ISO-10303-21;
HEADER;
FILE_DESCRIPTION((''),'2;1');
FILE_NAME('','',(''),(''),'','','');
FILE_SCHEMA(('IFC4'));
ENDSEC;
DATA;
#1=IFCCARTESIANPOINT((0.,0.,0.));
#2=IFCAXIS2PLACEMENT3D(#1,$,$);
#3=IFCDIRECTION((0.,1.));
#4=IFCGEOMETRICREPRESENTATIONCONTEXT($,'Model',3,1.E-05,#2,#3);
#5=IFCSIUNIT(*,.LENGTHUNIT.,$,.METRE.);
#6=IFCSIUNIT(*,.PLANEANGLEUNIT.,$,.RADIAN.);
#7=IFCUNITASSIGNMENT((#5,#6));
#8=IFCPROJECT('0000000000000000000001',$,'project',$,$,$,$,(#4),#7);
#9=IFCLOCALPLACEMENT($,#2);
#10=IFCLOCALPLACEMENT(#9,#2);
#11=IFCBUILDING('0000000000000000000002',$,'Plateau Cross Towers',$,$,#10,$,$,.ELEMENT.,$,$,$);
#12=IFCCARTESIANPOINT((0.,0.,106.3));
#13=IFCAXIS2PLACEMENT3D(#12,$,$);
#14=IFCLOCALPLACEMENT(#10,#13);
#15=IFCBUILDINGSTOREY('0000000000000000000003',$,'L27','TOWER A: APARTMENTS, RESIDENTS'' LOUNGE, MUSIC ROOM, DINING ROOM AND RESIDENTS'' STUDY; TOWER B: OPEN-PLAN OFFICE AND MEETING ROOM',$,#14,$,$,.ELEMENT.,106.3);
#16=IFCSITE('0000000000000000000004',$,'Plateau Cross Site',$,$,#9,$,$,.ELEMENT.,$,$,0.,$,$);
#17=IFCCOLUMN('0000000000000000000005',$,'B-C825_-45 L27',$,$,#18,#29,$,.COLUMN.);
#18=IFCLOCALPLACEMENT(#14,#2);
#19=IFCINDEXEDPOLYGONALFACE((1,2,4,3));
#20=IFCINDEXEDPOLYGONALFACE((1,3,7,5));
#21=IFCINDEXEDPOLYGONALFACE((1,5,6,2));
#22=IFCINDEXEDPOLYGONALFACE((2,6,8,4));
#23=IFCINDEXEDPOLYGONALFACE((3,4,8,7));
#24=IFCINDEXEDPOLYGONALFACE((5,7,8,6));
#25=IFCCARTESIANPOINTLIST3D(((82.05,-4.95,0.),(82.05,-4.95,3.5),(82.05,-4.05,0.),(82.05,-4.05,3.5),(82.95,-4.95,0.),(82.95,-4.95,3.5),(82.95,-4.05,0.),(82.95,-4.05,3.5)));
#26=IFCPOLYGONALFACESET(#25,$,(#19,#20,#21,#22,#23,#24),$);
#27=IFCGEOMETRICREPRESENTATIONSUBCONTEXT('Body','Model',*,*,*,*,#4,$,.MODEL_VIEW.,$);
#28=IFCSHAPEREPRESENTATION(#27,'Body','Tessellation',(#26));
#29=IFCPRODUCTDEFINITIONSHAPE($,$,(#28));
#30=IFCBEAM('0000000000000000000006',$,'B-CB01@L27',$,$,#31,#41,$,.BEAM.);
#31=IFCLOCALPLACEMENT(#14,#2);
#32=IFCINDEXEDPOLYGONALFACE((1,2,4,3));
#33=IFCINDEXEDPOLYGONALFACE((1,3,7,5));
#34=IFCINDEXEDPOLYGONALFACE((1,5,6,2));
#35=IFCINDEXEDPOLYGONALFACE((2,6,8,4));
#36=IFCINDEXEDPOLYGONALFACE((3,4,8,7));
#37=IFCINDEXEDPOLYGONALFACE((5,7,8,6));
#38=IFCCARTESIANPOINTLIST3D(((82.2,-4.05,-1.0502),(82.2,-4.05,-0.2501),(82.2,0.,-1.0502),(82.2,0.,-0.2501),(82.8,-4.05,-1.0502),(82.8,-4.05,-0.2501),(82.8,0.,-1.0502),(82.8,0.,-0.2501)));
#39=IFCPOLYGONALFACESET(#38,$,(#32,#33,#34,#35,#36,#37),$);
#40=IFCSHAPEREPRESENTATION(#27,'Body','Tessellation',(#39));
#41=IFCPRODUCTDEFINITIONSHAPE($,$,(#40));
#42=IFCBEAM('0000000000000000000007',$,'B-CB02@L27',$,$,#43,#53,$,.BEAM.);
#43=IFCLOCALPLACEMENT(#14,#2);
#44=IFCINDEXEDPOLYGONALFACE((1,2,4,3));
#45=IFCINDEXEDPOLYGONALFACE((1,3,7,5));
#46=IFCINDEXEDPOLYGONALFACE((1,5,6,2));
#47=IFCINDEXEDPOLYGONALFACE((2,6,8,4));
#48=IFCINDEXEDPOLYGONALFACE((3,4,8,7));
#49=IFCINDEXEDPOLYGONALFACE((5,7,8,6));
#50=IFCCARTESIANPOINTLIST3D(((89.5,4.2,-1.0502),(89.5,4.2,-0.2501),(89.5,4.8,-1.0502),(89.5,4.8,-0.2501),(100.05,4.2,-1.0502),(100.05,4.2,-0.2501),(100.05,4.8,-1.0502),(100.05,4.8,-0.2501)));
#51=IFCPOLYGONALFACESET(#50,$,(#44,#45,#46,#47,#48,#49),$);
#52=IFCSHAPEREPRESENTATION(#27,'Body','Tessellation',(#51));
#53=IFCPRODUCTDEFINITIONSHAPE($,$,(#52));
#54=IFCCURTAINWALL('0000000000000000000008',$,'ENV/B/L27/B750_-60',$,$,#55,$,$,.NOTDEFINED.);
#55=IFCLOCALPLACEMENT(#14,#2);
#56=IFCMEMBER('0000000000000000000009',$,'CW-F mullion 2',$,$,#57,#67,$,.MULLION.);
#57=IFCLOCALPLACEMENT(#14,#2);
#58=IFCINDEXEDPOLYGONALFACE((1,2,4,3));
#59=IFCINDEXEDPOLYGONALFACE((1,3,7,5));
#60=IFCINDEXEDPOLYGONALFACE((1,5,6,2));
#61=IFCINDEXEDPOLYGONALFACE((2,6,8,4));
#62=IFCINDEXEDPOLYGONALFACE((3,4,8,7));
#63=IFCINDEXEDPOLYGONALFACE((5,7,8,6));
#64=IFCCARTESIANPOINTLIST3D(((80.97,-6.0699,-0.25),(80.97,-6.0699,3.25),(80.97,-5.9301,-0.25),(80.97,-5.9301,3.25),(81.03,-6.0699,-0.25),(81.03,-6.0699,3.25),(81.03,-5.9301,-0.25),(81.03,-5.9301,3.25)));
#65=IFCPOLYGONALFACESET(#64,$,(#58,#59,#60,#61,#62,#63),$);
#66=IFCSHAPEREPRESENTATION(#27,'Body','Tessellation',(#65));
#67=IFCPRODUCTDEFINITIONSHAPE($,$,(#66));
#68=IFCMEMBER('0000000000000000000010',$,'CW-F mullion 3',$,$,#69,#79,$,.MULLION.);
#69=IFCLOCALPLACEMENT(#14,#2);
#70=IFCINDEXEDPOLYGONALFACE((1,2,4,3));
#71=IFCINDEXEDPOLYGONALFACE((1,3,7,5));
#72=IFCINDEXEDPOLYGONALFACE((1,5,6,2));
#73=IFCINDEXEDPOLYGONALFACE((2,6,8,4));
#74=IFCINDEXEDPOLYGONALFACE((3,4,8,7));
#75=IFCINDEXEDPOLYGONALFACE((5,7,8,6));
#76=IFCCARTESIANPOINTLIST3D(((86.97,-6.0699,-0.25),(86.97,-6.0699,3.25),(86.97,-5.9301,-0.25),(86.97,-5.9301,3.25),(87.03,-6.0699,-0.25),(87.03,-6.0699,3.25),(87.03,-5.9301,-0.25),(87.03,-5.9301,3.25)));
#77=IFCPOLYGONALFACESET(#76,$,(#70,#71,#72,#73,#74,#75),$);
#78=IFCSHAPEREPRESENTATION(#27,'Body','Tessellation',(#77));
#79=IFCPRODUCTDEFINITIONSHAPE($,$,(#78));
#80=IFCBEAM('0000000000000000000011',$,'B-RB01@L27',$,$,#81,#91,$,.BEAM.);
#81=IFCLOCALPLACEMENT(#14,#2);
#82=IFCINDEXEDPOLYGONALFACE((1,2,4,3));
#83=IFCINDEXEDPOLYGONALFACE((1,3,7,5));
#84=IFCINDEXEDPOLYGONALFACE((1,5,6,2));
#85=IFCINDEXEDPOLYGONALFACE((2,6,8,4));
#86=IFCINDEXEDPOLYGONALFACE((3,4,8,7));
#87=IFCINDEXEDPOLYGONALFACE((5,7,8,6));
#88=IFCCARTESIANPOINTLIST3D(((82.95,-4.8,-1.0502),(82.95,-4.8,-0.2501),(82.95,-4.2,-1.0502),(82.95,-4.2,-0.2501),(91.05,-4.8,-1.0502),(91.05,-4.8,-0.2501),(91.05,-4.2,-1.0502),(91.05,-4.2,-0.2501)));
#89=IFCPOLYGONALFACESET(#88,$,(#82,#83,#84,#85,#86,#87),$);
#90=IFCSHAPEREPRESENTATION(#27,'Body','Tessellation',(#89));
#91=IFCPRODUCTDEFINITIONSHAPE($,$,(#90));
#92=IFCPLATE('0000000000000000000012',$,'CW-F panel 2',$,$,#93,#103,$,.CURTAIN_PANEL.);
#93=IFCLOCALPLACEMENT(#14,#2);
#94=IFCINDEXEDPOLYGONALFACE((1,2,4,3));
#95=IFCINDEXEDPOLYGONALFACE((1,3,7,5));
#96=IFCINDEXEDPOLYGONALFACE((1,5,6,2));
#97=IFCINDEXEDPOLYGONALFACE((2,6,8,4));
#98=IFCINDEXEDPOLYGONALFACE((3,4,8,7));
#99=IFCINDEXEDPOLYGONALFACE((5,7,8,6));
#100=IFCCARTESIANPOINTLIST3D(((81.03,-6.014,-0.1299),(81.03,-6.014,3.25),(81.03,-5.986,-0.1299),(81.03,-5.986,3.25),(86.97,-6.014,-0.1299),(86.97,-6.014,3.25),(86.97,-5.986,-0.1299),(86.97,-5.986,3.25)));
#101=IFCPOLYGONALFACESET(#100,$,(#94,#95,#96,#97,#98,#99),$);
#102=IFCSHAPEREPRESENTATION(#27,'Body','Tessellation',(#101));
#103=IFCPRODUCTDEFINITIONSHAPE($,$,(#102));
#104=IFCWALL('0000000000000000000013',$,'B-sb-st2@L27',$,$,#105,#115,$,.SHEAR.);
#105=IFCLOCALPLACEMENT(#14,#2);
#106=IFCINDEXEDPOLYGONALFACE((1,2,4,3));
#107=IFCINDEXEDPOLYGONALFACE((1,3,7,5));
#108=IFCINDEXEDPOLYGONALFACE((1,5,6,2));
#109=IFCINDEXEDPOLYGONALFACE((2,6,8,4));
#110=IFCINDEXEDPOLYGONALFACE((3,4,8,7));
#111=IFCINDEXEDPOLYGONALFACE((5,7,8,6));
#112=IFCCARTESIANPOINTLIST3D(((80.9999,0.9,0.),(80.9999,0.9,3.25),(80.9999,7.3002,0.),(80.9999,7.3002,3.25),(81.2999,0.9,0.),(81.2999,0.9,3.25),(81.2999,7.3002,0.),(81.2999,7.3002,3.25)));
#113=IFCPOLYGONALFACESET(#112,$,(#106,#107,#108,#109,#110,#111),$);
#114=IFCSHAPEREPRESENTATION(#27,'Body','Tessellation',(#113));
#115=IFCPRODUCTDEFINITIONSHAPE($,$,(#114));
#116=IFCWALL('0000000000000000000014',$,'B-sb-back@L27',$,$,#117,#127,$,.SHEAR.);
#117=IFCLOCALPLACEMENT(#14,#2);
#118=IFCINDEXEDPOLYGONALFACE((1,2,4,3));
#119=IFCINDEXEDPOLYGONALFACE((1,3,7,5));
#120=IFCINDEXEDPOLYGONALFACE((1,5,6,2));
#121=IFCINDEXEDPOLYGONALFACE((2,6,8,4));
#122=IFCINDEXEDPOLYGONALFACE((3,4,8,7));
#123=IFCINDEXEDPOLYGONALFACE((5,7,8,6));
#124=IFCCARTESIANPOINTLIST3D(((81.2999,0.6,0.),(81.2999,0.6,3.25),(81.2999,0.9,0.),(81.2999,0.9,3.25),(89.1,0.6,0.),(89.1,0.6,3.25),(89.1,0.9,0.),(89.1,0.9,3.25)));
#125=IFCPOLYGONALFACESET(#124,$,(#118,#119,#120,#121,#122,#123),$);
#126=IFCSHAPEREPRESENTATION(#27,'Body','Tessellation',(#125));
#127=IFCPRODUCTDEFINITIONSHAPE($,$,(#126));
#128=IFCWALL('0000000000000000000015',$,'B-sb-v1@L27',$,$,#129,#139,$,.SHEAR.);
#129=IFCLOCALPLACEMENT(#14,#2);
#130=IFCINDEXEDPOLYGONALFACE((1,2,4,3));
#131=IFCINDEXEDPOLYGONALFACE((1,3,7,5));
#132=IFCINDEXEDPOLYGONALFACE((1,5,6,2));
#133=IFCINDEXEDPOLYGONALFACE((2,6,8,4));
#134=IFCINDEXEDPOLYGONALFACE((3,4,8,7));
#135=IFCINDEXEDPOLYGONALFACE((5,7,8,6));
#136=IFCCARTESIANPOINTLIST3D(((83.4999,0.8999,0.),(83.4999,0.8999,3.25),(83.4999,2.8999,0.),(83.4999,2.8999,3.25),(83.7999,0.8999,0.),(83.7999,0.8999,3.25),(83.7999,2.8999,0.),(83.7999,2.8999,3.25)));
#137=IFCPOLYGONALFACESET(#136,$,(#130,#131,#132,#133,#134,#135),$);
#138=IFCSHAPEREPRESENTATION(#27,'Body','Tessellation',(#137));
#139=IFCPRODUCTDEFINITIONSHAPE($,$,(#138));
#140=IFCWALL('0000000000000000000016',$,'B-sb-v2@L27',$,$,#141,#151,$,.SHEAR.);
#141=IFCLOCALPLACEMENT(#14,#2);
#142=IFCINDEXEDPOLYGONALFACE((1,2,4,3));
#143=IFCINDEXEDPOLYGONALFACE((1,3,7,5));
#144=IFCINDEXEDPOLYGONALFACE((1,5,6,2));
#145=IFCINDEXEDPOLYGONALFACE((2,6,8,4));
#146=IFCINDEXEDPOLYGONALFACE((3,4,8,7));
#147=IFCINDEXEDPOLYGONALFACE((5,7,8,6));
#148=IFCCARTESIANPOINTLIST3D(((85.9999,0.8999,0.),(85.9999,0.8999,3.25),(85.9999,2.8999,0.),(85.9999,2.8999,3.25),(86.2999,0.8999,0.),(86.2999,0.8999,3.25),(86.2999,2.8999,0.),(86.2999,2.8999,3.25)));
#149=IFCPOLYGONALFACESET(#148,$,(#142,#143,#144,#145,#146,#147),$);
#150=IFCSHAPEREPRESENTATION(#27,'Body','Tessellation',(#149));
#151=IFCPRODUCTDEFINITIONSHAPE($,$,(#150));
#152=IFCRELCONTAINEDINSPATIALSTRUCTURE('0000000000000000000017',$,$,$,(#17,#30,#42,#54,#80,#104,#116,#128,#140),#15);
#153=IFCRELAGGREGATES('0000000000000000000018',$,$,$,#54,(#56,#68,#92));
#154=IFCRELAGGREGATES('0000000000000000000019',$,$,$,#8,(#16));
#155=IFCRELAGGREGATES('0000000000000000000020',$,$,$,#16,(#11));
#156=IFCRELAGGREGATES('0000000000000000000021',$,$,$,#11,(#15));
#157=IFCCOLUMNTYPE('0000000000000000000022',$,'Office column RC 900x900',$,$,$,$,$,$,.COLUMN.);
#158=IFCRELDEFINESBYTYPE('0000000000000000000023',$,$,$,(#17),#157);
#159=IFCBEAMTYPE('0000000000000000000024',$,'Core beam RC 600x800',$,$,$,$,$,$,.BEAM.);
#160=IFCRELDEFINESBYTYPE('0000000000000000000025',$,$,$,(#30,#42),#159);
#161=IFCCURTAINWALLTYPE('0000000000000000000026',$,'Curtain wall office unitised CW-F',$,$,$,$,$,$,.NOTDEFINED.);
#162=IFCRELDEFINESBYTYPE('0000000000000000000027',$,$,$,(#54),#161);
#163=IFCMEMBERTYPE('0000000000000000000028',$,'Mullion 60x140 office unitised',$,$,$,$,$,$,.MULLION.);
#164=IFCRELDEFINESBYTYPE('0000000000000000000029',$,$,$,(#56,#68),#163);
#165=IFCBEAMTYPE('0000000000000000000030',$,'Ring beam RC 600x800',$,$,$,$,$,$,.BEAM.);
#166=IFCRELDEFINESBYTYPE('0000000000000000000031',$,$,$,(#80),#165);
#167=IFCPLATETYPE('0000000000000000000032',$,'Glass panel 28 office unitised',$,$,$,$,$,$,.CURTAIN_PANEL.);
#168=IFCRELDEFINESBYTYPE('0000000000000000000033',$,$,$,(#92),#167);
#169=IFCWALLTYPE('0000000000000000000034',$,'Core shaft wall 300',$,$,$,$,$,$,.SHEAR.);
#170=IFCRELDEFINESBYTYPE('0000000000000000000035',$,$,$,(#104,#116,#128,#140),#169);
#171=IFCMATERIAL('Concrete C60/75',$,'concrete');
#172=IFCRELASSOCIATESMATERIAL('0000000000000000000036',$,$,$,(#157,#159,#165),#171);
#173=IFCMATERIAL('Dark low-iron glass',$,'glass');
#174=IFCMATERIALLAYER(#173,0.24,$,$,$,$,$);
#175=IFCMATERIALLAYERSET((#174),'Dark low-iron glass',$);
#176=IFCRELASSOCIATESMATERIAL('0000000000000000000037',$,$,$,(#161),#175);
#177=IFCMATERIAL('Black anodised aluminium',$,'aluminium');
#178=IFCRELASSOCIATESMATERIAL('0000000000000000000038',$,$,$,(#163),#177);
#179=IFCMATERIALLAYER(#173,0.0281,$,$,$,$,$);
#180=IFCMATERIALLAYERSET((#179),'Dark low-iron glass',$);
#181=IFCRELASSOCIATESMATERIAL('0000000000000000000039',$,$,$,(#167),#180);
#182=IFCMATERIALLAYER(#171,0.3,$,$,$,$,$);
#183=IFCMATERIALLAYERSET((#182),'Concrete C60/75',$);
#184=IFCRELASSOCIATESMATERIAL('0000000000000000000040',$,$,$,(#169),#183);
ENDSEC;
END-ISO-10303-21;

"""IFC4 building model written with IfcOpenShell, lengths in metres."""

from ifc_helpers import new_model, si_unit, direction, frame, frame_2d, origin, origin_2d, place, context, subcontext, project, spatial, rectangle, extrude, material, layer, layer_set, material_profile, profile_set, type_object, element, aggregate, save


model = new_model("IFC4")

# Units and contexts
model_context = context("Model", 3, precision=1e-05, world=origin(), true_north=direction((0.0, 1.0)))
body_context = subcontext(model_context, "Body", "Model", "MODEL_VIEW")
ifc_project = project(units=[si_unit("LENGTHUNIT", "METRE"), si_unit("PLANEANGLEUNIT", "RADIAN")], contexts=[model_context])

# Site, building, storey
site_placement = place(None, origin())
site = spatial("IfcSite", under=ifc_project, at=site_placement, Name="Plateau Cross Site", CompositionType="ELEMENT", RefElevation=0.0)
building_placement = place(site_placement, origin())
building = spatial("IfcBuilding", under=site, at=building_placement, Name="Plateau Cross Towers", CompositionType="ELEMENT")
storey_placement = place(building_placement, frame((0.0, 0.0, 106.3)))
storey = spatial("IfcBuildingStorey", under=building, at=storey_placement, Name="L27", Description="TOWER A: APARTMENTS, RESIDENTS' LOUNGE, MUSIC ROOM, DINING ROOM AND RESIDENTS' STUDY; TOWER B: OPEN-PLAN OFFICE AND MEETING ROOM", CompositionType="ELEMENT", Elevation=106.3)

# Column
ifc_material_1 = material(Name="Concrete C60/75", Category="concrete")
ifc_material_profile_1 = material_profile(ifc_material_1, rectangle(XDim=0.8999, YDim=0.8999, at=origin_2d()), Name="RC 900x900")
ifc_profile_set_1 = profile_set([ifc_material_profile_1], Name="Concrete C60/75")
column_type = type_object("IfcColumnType", Name="Office column RC 900x900", PredefinedType="COLUMN", material=ifc_profile_set_1)
column_placement = place(storey_placement, frame((82.5, -4.5, 0.0), z_axis=(0.0, 0.0, 1.0), x_axis=(1.0, 0.0, 0.0)))
element("IfcColumn", 1, at=column_placement, inside=storey, type_object=column_type, Name="B-C825_-45 L27", PredefinedType="COLUMN", context=body_context, shape_type="SweptSolid", body=[
    extrude(rectangle(XDim=0.8999, YDim=0.8999, at=origin_2d()), origin(), (0.0, 0.0, 1.0), 3.5),
])

# Beams
ifc_material_profile_2 = material_profile(ifc_material_1, rectangle(XDim=0.6001, YDim=0.8, at=origin_2d()), Name="RC 600x800")
ifc_profile_set_2 = profile_set([ifc_material_profile_2], Name="Concrete C60/75")
beam_type_1 = type_object("IfcBeamType", Name="Core beam RC 600x800", PredefinedType="BEAM", material=ifc_profile_set_2)
beam_1_placement = place(storey_placement, frame((82.5, 0.0, -0.6501), z_axis=(0.0, -1.0, 0.0), x_axis=(1.0, 0.0, 0.0)))
element("IfcBeam", 2, at=beam_1_placement, inside=storey, type_object=beam_type_1, Name="B-CB01@L27", PredefinedType="BEAM", context=body_context, shape_type="SweptSolid", body=[
    extrude(rectangle(XDim=0.6001, YDim=0.8, at=origin_2d()), origin(), (0.0, 0.0, 1.0), 4.05),
])
beam_2_placement = place(storey_placement, frame((89.5, 4.5, -0.6501), z_axis=(1.0, 0.0, 0.0), x_axis=(0.0, 1.0, 0.0)))
element("IfcBeam", 3, at=beam_2_placement, inside=storey, type_object=beam_type_1, Name="B-CB02@L27", PredefinedType="BEAM", context=body_context, shape_type="SweptSolid", body=[
    extrude(rectangle(XDim=0.6001, YDim=0.8, at=origin_2d()), origin(), (0.0, 0.0, 1.0), 10.55),
])

# Curtain wall, members
ifc_material_2 = material(Name="Dark low-iron glass", Category="glass")
ifc_layer_1 = layer(ifc_material_2, 0.24)
ifc_layer_set_1 = layer_set([ifc_layer_1], Name="Dark low-iron glass")
curtain_wall_type = type_object("IfcCurtainWallType", Name="Curtain wall office unitised CW-F", PredefinedType="NOTDEFINED", material=ifc_layer_set_1)
curtain_wall_placement = place(storey_placement, origin())
curtain_wall = element("IfcCurtainWall", 4, at=curtain_wall_placement, inside=storey, type_object=curtain_wall_type, Name="ENV/B/L27/B750_-60", PredefinedType="NOTDEFINED")
ifc_material_3 = material(Name="Black anodised aluminium", Category="aluminium")
ifc_material_profile_3 = material_profile(ifc_material_3, rectangle(XDim=0.0601, YDim=0.1399, at=origin_2d()), Name="MULLION 60x140")
ifc_profile_set_3 = profile_set([ifc_material_profile_3], Name="Black anodised aluminium")
member_type = type_object("IfcMemberType", Name="Mullion 60x140 office unitised", PredefinedType="MULLION", material=ifc_profile_set_3)
member_1_placement = place(storey_placement, frame((81.0, -6.0, -0.25), z_axis=(0.0, 0.0, 1.0), x_axis=(1.0, 0.0, 0.0)))
member_1 = element("IfcMember", 5, at=member_1_placement, type_object=member_type, Name="CW-F mullion 2", PredefinedType="MULLION", context=body_context, shape_type="SweptSolid", body=[
    extrude(rectangle(XDim=0.0601, YDim=0.1399, at=origin_2d()), origin(), (0.0, 0.0, 1.0), 3.5),
])
member_2_placement = place(storey_placement, frame((87.0, -6.0, -0.25), z_axis=(0.0, 0.0, 1.0), x_axis=(1.0, 0.0, 0.0)))
member_2 = element("IfcMember", 6, at=member_2_placement, type_object=member_type, Name="CW-F mullion 3", PredefinedType="MULLION", context=body_context, shape_type="SweptSolid", body=[
    extrude(rectangle(XDim=0.0601, YDim=0.1399, at=origin_2d()), origin(), (0.0, 0.0, 1.0), 3.5),
])

# Beam
ifc_material_profile_4 = material_profile(ifc_material_1, rectangle(XDim=0.6001, YDim=0.8, at=origin_2d()), Name="RC 600x800")
ifc_profile_set_4 = profile_set([ifc_material_profile_4], Name="Concrete C60/75")
beam_type_2 = type_object("IfcBeamType", Name="Ring beam RC 600x800", PredefinedType="BEAM", material=ifc_profile_set_4)
beam_3_placement = place(storey_placement, frame((82.95, -4.5, -0.6501), z_axis=(1.0, 0.0, 0.0), x_axis=(0.0, 1.0, 0.0)))
element("IfcBeam", 7, at=beam_3_placement, inside=storey, type_object=beam_type_2, Name="B-RB01@L27", PredefinedType="BEAM", context=body_context, shape_type="SweptSolid", body=[
    extrude(rectangle(XDim=0.6001, YDim=0.8, at=origin_2d()), origin(), (0.0, 0.0, 1.0), 8.1001),
])

# Plate
ifc_layer_2 = layer(ifc_material_2, 0.0281)
ifc_layer_set_2 = layer_set([ifc_layer_2], Name="Dark low-iron glass")
plate_type = type_object("IfcPlateType", Name="Glass panel 28 office unitised", PredefinedType="CURTAIN_PANEL", material=ifc_layer_set_2)
plate_placement = place(storey_placement, frame((84.0, -6.0, -0.1299), z_axis=(0.0, 0.0, 1.0), x_axis=(1.0, 0.0, 0.0)))
plate = element("IfcPlate", 8, at=plate_placement, type_object=plate_type, Name="CW-F panel 2", PredefinedType="CURTAIN_PANEL", context=body_context, shape_type="SweptSolid", body=[
    extrude(rectangle(XDim=5.9399, YDim=0.0281, at=origin_2d()), origin(), (0.0, 0.0, 1.0), 3.3799),
])
aggregate(curtain_wall, [member_1, member_2, plate])

# Walls
ifc_layer_3 = layer(ifc_material_1, 0.3)
ifc_layer_set_3 = layer_set([ifc_layer_3], Name="Concrete C60/75")
wall_type_1 = type_object("IfcWallType", Name="Core shaft wall 300", PredefinedType="SHEAR", material=ifc_layer_set_3)
wall_1_placement = place(storey_placement, frame((81.1499, 0.8999, 0.0), z_axis=(0.0, 0.0, 1.0), x_axis=(0.0, 1.0, 0.0)))
element("IfcWall", 9, at=wall_1_placement, inside=storey, type_object=wall_type_1, Name="B-sb-st2@L27", PredefinedType="SHEAR", context=body_context, shape_type="SweptSolid", body=[
    extrude(rectangle(XDim=6.4001, YDim=0.3, at=frame_2d((3.2002, 0.0))), origin(), (0.0, 0.0, 1.0), 3.25),
])
wall_2_placement = place(storey_placement, frame((81.3, 0.75, 0.0), z_axis=(0.0, 0.0, 1.0), x_axis=(1.0, 0.0, 0.0)))
element("IfcWall", 10, at=wall_2_placement, inside=storey, type_object=wall_type_1, Name="B-sb-back@L27", PredefinedType="SHEAR", context=body_context, shape_type="SweptSolid", body=[
    extrude(rectangle(XDim=7.8, YDim=0.3, at=frame_2d((3.8999, 0.0))), origin(), (0.0, 0.0, 1.0), 3.25),
])
for number, where, z_axis, x_axis, name in (
    (11, (83.6499, 0.8999, 0.0), (0.0, 0.0, 1.0), (0.0, 1.0, 0.0), "B-sb-v1@L27"),
    (12, (86.1499, 0.8999, 0.0), (0.0, 0.0, 1.0), (0.0, 1.0, 0.0), "B-sb-v2@L27"),
):
    element("IfcWall", number, at=place(storey_placement, frame(where, z_axis=z_axis, x_axis=x_axis)), inside=storey, type_object=wall_type_1, Name=name, PredefinedType="SHEAR", context=body_context, shape_type="SweptSolid", body=[
        extrude(rectangle(XDim=2.0, YDim=0.3, at=frame_2d((1.0, 0.0))), origin(), (0.0, 0.0, 1.0), 3.25),
    ])

save(model, "model.ifc")
